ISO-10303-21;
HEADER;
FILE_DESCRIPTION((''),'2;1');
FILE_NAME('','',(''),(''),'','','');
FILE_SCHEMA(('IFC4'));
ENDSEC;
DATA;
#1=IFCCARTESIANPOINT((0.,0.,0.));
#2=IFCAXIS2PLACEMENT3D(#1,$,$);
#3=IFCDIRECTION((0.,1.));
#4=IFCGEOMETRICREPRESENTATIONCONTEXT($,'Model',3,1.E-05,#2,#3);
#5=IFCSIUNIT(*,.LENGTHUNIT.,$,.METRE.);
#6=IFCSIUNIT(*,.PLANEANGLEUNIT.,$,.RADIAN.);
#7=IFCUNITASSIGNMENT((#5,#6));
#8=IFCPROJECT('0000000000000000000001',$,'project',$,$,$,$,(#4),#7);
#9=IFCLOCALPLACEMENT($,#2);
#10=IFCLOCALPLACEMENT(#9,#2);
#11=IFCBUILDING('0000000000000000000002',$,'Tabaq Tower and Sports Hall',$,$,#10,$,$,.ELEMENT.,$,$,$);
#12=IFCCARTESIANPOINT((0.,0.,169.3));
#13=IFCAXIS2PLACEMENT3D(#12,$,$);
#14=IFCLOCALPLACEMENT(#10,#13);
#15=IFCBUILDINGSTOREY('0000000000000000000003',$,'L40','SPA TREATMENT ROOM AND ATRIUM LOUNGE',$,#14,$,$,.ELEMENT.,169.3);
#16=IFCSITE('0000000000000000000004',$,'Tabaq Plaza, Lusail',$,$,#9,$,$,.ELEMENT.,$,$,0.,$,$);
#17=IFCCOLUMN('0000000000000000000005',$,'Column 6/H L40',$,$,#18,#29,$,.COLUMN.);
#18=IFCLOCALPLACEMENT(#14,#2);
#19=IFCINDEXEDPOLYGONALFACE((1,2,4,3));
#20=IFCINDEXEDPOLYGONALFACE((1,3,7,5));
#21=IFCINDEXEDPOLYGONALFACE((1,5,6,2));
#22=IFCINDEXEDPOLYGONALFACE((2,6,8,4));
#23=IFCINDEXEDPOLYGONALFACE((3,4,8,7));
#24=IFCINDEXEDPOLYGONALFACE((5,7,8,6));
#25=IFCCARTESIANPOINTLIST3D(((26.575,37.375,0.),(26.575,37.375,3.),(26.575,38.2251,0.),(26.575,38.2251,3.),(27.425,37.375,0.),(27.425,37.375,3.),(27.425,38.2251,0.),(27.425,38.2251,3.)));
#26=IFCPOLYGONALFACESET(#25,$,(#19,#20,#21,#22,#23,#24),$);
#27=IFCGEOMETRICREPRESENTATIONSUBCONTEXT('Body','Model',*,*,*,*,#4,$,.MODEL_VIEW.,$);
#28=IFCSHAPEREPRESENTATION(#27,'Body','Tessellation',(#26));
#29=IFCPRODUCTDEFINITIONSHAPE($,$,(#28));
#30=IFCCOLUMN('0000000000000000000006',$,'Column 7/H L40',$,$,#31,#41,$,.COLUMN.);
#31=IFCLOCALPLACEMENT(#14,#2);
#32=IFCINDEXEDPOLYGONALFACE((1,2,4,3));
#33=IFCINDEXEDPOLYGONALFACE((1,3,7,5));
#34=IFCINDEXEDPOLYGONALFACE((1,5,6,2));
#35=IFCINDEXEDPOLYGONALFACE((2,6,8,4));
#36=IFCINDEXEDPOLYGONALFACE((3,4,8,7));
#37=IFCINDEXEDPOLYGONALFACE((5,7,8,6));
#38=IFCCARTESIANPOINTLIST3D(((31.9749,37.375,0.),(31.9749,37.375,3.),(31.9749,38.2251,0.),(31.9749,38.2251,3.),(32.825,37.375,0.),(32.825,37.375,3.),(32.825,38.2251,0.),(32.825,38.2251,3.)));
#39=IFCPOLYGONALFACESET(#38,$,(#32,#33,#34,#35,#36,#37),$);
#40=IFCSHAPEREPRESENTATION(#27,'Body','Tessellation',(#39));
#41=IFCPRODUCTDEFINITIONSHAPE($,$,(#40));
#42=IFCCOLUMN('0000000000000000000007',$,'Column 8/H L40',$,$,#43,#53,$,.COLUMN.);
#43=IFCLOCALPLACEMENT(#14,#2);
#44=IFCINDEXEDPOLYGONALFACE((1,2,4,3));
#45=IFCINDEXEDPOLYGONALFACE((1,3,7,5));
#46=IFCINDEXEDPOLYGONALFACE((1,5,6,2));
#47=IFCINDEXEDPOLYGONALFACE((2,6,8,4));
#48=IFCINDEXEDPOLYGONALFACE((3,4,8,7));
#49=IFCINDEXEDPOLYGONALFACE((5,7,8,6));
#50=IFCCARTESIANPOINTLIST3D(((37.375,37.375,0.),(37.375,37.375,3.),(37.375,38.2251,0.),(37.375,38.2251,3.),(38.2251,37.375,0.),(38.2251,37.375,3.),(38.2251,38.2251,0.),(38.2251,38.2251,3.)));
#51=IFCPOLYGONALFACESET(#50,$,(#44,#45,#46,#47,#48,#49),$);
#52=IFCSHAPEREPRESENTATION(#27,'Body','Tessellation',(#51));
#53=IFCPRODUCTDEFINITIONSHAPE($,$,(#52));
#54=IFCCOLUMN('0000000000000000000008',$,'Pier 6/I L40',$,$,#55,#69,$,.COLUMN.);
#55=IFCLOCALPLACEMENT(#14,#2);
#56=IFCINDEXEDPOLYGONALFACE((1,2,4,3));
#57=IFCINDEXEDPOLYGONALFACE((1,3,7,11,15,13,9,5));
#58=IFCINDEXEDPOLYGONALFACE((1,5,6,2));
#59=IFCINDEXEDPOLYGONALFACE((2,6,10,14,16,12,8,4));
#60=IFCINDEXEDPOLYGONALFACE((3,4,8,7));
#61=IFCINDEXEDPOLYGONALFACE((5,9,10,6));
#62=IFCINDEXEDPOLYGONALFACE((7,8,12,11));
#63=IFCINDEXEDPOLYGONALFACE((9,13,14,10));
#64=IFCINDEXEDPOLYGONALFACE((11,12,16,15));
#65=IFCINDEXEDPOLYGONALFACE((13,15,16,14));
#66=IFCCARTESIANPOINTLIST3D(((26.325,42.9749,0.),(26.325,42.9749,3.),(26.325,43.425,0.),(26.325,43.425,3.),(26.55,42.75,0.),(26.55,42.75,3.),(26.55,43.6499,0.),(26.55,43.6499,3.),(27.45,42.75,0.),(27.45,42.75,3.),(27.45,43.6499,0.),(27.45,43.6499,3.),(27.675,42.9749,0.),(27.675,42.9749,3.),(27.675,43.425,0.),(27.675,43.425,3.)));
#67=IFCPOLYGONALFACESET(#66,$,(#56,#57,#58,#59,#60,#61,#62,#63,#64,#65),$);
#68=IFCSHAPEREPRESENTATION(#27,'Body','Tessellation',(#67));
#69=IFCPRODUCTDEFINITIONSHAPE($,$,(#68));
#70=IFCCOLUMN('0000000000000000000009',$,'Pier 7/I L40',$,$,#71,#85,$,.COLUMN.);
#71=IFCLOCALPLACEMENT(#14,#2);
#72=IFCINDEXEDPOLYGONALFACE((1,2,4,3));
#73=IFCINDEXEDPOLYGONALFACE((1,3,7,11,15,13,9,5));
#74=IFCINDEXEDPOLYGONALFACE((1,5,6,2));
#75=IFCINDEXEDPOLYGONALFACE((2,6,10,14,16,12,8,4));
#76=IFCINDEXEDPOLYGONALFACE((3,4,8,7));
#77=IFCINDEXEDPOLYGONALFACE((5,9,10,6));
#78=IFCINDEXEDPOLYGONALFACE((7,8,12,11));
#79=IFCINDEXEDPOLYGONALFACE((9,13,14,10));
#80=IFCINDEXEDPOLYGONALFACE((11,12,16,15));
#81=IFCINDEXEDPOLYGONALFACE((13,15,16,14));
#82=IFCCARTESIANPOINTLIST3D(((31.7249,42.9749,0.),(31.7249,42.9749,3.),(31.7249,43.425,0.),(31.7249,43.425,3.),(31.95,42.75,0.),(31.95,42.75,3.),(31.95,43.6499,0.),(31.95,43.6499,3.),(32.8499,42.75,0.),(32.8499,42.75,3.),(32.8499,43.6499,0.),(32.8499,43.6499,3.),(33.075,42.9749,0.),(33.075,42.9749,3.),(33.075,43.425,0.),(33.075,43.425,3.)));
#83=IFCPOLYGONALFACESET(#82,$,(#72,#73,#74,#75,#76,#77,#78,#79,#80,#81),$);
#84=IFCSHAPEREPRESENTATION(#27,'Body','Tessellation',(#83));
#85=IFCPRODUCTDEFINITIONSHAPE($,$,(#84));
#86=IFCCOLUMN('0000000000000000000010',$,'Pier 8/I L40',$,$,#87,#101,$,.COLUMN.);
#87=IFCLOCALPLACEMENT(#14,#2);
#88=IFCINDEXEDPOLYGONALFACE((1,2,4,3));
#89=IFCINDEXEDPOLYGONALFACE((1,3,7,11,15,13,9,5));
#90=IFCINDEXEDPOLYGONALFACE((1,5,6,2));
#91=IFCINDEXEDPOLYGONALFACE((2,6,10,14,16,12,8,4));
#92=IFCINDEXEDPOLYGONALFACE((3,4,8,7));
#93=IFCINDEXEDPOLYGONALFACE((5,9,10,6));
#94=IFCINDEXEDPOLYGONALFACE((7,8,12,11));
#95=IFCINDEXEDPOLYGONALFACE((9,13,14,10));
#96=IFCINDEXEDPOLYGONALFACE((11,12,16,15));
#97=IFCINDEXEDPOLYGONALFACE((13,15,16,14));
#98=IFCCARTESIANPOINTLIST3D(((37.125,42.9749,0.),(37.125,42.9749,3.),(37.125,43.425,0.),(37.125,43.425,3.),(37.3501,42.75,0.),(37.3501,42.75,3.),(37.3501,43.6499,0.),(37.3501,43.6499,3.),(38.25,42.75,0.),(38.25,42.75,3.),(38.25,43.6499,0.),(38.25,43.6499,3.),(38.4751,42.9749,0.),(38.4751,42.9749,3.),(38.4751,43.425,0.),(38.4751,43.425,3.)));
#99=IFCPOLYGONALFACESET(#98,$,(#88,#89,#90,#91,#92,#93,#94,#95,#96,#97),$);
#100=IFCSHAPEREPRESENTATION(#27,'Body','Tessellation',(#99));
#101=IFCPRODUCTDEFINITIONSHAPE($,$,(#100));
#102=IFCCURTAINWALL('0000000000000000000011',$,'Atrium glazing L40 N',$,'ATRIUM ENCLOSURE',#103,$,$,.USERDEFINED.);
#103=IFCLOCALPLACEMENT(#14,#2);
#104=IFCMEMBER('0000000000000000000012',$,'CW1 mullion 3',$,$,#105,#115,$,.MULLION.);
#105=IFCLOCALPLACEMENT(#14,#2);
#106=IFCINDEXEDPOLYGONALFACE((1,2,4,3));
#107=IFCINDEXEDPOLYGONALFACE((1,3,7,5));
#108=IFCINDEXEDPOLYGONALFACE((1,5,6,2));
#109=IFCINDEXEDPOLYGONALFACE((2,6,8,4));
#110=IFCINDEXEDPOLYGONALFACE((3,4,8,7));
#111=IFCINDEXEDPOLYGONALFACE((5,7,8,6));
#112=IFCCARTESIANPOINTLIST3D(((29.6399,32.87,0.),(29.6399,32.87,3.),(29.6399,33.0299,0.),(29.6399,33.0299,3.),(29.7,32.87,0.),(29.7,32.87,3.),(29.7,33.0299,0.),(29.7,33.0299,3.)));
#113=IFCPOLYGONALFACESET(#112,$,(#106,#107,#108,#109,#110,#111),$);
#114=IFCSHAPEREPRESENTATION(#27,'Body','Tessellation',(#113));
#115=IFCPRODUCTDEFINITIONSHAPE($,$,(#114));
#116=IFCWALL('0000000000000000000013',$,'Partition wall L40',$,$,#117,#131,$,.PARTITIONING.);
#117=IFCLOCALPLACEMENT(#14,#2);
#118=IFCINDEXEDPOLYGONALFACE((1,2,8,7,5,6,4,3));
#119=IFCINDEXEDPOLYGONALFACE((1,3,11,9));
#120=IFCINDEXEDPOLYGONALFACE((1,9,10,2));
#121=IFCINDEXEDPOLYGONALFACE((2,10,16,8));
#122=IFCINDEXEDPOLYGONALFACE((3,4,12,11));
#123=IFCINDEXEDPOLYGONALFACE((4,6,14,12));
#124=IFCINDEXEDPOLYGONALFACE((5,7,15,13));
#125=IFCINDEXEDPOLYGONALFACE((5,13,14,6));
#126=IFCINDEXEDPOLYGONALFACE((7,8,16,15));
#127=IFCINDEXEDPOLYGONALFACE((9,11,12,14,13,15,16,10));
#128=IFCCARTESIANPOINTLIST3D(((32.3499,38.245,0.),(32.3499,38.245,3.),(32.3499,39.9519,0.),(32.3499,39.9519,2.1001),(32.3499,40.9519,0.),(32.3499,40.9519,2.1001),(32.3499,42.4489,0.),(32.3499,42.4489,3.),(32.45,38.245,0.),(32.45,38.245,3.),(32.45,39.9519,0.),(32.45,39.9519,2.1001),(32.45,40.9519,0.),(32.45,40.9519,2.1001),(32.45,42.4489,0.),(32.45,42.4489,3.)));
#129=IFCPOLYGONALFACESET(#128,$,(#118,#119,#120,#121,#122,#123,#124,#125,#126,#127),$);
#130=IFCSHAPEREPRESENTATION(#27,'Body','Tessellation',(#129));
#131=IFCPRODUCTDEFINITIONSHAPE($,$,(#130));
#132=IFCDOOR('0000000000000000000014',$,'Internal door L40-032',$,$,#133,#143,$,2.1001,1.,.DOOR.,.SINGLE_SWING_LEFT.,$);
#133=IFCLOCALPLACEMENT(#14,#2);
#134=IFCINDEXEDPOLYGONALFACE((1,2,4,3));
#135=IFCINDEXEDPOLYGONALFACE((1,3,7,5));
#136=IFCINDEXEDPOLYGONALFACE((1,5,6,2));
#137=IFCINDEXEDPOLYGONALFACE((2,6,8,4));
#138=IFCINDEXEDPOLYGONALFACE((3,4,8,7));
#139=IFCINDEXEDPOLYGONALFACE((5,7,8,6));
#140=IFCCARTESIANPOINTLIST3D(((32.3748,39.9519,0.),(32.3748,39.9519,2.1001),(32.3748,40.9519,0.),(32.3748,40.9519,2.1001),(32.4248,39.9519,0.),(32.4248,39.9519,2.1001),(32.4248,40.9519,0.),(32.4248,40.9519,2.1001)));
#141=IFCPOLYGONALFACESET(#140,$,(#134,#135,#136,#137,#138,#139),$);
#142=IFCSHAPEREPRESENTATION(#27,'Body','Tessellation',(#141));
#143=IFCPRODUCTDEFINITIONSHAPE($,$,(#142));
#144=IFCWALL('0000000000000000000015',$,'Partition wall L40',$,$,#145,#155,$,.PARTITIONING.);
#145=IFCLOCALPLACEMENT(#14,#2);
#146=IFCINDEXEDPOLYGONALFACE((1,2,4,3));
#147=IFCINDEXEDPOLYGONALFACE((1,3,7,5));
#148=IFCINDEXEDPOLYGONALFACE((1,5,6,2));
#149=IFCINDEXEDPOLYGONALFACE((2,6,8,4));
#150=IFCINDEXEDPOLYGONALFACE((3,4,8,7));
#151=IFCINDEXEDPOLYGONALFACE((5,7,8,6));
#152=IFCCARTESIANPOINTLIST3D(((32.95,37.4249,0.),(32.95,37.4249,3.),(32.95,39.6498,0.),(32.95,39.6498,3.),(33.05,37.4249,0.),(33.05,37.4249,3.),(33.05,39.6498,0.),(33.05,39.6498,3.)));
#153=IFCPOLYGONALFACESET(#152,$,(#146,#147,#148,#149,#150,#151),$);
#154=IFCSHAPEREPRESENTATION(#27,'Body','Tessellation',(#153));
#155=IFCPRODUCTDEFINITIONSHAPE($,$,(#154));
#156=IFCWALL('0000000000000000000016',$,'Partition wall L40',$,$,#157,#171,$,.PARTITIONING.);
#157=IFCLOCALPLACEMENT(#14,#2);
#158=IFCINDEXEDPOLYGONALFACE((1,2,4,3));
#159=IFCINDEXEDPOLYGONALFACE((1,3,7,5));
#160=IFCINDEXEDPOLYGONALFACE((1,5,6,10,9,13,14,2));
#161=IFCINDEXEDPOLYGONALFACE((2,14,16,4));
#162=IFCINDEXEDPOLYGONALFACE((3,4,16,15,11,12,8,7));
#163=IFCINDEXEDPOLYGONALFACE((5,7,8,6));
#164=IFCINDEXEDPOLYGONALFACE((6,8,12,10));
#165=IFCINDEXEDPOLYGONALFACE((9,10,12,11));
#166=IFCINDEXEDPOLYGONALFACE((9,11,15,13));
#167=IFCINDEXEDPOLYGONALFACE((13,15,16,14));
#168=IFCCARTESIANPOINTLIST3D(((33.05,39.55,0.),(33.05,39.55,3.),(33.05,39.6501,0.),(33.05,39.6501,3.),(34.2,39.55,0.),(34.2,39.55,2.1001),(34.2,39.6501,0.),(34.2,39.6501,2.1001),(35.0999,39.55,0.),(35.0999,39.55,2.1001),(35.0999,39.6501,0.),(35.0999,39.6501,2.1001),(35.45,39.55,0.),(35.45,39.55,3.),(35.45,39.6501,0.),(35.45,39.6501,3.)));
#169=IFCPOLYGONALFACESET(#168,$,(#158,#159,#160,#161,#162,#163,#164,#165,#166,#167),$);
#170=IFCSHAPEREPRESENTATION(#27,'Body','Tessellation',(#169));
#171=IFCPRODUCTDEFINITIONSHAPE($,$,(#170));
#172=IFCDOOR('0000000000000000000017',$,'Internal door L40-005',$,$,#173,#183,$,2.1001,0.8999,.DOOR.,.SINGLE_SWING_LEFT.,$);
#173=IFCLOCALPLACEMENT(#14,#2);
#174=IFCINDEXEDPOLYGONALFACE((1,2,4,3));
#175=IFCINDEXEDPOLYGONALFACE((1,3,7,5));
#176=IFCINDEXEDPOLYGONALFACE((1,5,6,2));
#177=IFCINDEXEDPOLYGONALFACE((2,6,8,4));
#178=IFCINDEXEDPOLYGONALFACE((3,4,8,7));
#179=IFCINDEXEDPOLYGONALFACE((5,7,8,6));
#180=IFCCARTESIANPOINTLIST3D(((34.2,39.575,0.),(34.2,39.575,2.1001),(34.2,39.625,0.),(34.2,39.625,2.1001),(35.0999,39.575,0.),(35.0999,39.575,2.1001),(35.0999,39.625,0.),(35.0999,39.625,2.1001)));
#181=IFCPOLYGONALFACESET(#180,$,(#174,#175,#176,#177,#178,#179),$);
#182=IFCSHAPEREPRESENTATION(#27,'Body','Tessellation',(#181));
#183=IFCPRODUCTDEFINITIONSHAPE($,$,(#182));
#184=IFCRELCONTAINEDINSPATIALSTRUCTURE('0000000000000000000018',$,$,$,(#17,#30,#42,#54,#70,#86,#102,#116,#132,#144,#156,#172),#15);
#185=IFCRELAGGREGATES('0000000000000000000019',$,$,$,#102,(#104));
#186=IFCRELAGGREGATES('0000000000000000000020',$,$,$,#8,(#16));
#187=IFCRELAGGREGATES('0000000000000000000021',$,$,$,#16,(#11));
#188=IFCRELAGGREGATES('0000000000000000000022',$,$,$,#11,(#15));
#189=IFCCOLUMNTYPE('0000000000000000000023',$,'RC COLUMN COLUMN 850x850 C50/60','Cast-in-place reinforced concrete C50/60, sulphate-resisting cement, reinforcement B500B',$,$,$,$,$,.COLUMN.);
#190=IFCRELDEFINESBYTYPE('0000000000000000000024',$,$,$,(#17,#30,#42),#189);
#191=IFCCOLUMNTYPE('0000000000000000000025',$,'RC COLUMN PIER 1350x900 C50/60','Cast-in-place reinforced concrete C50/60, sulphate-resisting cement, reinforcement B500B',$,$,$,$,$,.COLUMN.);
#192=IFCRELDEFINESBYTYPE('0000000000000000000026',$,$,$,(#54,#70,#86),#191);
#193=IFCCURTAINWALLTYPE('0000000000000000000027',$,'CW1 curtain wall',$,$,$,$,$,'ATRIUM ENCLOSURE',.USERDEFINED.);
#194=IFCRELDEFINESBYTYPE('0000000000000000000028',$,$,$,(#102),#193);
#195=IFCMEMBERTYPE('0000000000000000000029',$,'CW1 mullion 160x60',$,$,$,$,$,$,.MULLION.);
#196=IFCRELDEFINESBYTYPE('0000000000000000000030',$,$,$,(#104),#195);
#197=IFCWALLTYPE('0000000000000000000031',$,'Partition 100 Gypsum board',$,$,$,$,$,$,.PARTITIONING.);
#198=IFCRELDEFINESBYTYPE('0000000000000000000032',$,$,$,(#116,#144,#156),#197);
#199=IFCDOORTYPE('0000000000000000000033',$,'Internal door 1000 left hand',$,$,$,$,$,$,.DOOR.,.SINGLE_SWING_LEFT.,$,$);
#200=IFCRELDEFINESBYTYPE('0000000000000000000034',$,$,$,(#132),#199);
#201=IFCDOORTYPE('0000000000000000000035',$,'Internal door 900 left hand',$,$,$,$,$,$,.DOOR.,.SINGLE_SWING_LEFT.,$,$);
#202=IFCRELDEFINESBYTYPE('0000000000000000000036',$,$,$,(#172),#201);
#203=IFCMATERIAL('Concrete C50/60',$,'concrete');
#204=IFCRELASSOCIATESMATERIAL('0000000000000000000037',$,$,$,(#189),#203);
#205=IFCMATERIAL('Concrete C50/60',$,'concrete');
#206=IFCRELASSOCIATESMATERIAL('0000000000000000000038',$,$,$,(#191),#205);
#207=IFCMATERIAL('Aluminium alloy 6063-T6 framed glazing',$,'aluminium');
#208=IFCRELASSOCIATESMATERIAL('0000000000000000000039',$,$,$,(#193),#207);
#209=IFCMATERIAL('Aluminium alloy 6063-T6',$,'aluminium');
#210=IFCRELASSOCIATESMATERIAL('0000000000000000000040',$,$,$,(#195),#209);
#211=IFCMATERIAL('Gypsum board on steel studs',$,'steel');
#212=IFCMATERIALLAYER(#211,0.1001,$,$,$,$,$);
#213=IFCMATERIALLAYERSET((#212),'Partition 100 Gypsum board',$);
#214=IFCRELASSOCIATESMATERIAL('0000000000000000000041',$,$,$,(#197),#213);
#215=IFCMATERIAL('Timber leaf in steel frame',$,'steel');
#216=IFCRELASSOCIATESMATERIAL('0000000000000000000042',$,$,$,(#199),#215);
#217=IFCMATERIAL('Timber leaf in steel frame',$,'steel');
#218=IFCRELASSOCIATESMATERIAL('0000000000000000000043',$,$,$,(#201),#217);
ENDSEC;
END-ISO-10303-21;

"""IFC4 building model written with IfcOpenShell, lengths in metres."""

from ifc_helpers import new_model, si_unit, direction, frame, frame_2d, origin, origin_2d, place, context, subcontext, project, spatial, polyline, rectangle, outline, extrude, material, layer, layer_set, material_profile, profile_set, type_object, element, fill, aggregate, save


model = new_model("IFC4")

# Units and contexts
model_context = context("Model", 3, precision=1e-05, world=origin(), true_north=direction((0.0, 1.0)))
body_context = subcontext(model_context, "Body", "Model", "MODEL_VIEW")
ifc_project = project(units=[si_unit("LENGTHUNIT", "METRE"), si_unit("PLANEANGLEUNIT", "RADIAN")], contexts=[model_context])

# Site, building, storey
site_placement = place(None, origin())
site = spatial("IfcSite", under=ifc_project, at=site_placement, Name="Tabaq Plaza, Lusail", CompositionType="ELEMENT", RefElevation=0.0)
building_placement = place(site_placement, origin())
building = spatial("IfcBuilding", under=site, at=building_placement, Name="Tabaq Tower and Sports Hall", CompositionType="ELEMENT")
storey_placement = place(building_placement, frame((0.0, 0.0, 169.3)))
storey = spatial("IfcBuildingStorey", under=building, at=storey_placement, Name="L40", Description="SPA TREATMENT ROOM AND ATRIUM LOUNGE", CompositionType="ELEMENT", Elevation=169.3)

# Columns
ifc_material_1 = material(Name="Concrete C50/60", Category="concrete")
ifc_material_profile_1 = material_profile(ifc_material_1, rectangle(XDim=0.8501, YDim=0.8501, at=origin_2d()), Name="COLUMN 850x850")
ifc_profile_set_1 = profile_set([ifc_material_profile_1], Name="Concrete C50/60")
column_type_1 = type_object("IfcColumnType", Name="RC COLUMN COLUMN 850x850 C50/60", Description="Cast-in-place reinforced concrete C50/60, sulphate-resisting cement, reinforcement B500B", PredefinedType="COLUMN", material=ifc_profile_set_1)
for number, where, z_axis, x_axis, name in (
    (1, (27.0, 37.8, 0.0), (0.0, 0.0, 1.0), (1.0, 0.0, 0.0), "Column 6/H L40"),
    (2, (32.3999, 37.8, 0.0), (0.0, 0.0, 1.0), (1.0, 0.0, 0.0), "Column 7/H L40"),
    (3, (37.8, 37.8, 0.0), (0.0, 0.0, 1.0), (1.0, 0.0, 0.0), "Column 8/H L40"),
):
    element("IfcColumn", number, at=place(storey_placement, frame(where, z_axis=z_axis, x_axis=x_axis)), inside=storey, type_object=column_type_1, Name=name, PredefinedType="COLUMN", context=body_context, shape_type="SweptSolid", body=[
        extrude(rectangle(XDim=0.8501, YDim=0.8501, at=origin_2d()), origin(), (0.0, 0.0, 1.0), 3.0),
    ])
ifc_material_2 = material(Name="Concrete C50/60", Category="concrete")
ifc_material_profile_2 = material_profile(ifc_material_2, outline(polyline([(-0.45, -0.45), (0.45, -0.45), (0.675, -0.2251), (0.675, 0.2251), (0.45, 0.45), (-0.45, 0.45), (-0.675, 0.2251), (-0.675, -0.2251), (-0.45, -0.45)])), Name="PIER 1350x900")
ifc_profile_set_2 = profile_set([ifc_material_profile_2], Name="Concrete C50/60")
column_type_2 = type_object("IfcColumnType", Name="RC COLUMN PIER 1350x900 C50/60", Description="Cast-in-place reinforced concrete C50/60, sulphate-resisting cement, reinforcement B500B", PredefinedType="COLUMN", material=ifc_profile_set_2)
for number, where, z_axis, x_axis, name in (
    (4, (27.0, 43.2, 0.0), (0.0, 0.0, 1.0), (1.0, 0.0, 0.0), "Pier 6/I L40"),
    (5, (32.3999, 43.2, 0.0), (0.0, 0.0, 1.0), (1.0, 0.0, 0.0), "Pier 7/I L40"),
    (6, (37.8, 43.2, 0.0), (0.0, 0.0, 1.0), (1.0, 0.0, 0.0), "Pier 8/I L40"),
):
    element("IfcColumn", number, at=place(storey_placement, frame(where, z_axis=z_axis, x_axis=x_axis)), inside=storey, type_object=column_type_2, Name=name, PredefinedType="COLUMN", context=body_context, shape_type="SweptSolid", body=[
        extrude(outline(polyline([(-0.45, -0.45), (0.45, -0.45), (0.675, -0.2251), (0.675, 0.2251), (0.45, 0.45), (-0.45, 0.45), (-0.675, 0.2251), (-0.675, -0.2251), (-0.45, -0.45)])), origin(), (0.0, 0.0, 1.0), 3.0),
    ])

# Curtain wall, member
ifc_material_3 = material(Name="Aluminium alloy 6063-T6 framed glazing", Category="aluminium")
curtain_wall_type = type_object("IfcCurtainWallType", Name="CW1 curtain wall", ElementType="ATRIUM ENCLOSURE", PredefinedType="USERDEFINED", material=ifc_material_3)
curtain_wall_placement = place(storey_placement, origin())
curtain_wall = element("IfcCurtainWall", 7, at=curtain_wall_placement, inside=storey, type_object=curtain_wall_type, Name="Atrium glazing L40 N", ObjectType="ATRIUM ENCLOSURE", PredefinedType="USERDEFINED")
ifc_material_4 = material(Name="Aluminium alloy 6063-T6", Category="aluminium")
ifc_material_profile_3 = material_profile(ifc_material_4, rectangle(XDim=0.1599, YDim=0.0601, at=origin_2d()), Name="MULLION 160x60")
ifc_profile_set_3 = profile_set([ifc_material_profile_3], Name="Aluminium alloy 6063-T6")
member_type = type_object("IfcMemberType", Name="CW1 mullion 160x60", PredefinedType="MULLION", material=ifc_profile_set_3)
member_placement = place(storey_placement, frame((29.6699, 32.95, 0.0), z_axis=(0.0, 0.0, 1.0), x_axis=(0.0, 1.0, 0.0)))
member = element("IfcMember", 8, at=member_placement, type_object=member_type, Name="CW1 mullion 3", PredefinedType="MULLION", context=body_context, shape_type="SweptSolid", body=[
    extrude(rectangle(XDim=0.1599, YDim=0.0601, at=origin_2d()), origin(), (0.0, 0.0, 1.0), 3.0),
])
aggregate(curtain_wall, [member])

# Wall, opening, door
ifc_material_5 = material(Name="Gypsum board on steel studs", Category="steel")
ifc_layer_1 = layer(ifc_material_5, 0.1001)
ifc_layer_set_1 = layer_set([ifc_layer_1], Name="Partition 100 Gypsum board")
wall_type_1 = type_object("IfcWallType", Name="Partition 100 Gypsum board", PredefinedType="PARTITIONING", material=ifc_layer_set_1)
wall_1_placement = place(storey_placement, frame((32.3999, 42.449, 0.0), z_axis=(0.0, 0.0, 1.0), x_axis=(0.0, -1.0, 0.0)))
wall_1 = element("IfcWall", 9, at=wall_1_placement, inside=storey, type_object=wall_type_1, Name="Partition wall L40", PredefinedType="PARTITIONING", context=body_context, shape_type="SweptSolid", body=[
    extrude(rectangle(XDim=4.2039, YDim=0.1001, at=frame_2d((2.1021, 0.0))), origin(), (0.0, 0.0, 1.0), 3.0),
])
opening_1_placement = place(wall_1_placement, frame((1.4971, 0.0, 0.0)))
opening_1 = element("IfcOpeningElement", 10, at=opening_1_placement, cuts=wall_1, PredefinedType="OPENING", context=body_context, shape_type="SweptSolid", body=[
    extrude(rectangle(XDim=1.0, YDim=2.1001, at=frame_2d((0.5, 1.05))), frame((0.0, 0.05, 0.0), z_axis=(0.0, -1.0, 0.0), x_axis=(1.0, 0.0, 0.0)), (0.0, 0.0, 1.0), 0.1001),
])
ifc_material_6 = material(Name="Timber leaf in steel frame", Category="steel")
door_type_1 = type_object("IfcDoorType", Name="Internal door 1000 left hand", OperationType="SINGLE_SWING_LEFT", PredefinedType="DOOR", material=ifc_material_6)
door_1_placement = place(opening_1_placement, origin())
door_1 = element("IfcDoor", 11, at=door_1_placement, inside=storey, type_object=door_type_1, Name="Internal door L40-032", OperationType="SINGLE_SWING_LEFT", OverallHeight=2.1001, OverallWidth=1.0, PredefinedType="DOOR", context=body_context, shape_type="SweptSolid", body=[
    extrude(rectangle(XDim=1.0, YDim=2.1001, at=frame_2d((0.5, 1.05))), frame((0.0, 0.0249, 0.0), z_axis=(0.0, -1.0, 0.0), x_axis=(1.0, 0.0, 0.0)), (0.0, 0.0, 1.0), 0.05),
])
fill(opening_1, door_1)

# Wall
wall_2_placement = place(storey_placement, frame((33.0, 37.425, 0.0), z_axis=(0.0, 0.0, 1.0), x_axis=(0.0, 1.0, 0.0)))
element("IfcWall", 12, at=wall_2_placement, inside=storey, type_object=wall_type_1, Name="Partition wall L40", PredefinedType="PARTITIONING", context=body_context, shape_type="SweptSolid", body=[
    extrude(rectangle(XDim=2.2249, YDim=0.1001, at=frame_2d((1.1123, 0.0))), origin(), (0.0, 0.0, 1.0), 3.0),
])

# Wall, opening, door
wall_3_placement = place(storey_placement, frame((33.05, 39.6001, 0.0), z_axis=(0.0, 0.0, 1.0), x_axis=(1.0, 0.0, 0.0)))
wall_3 = element("IfcWall", 13, at=wall_3_placement, inside=storey, type_object=wall_type_1, Name="Partition wall L40", PredefinedType="PARTITIONING", context=body_context, shape_type="SweptSolid", body=[
    extrude(rectangle(XDim=2.3999, YDim=0.1001, at=frame_2d((1.2, 0.0))), origin(), (0.0, 0.0, 1.0), 3.0),
])
opening_2_placement = place(wall_3_placement, frame((1.1499, 0.0, 0.0)))
opening_2 = element("IfcOpeningElement", 14, at=opening_2_placement, cuts=wall_3, PredefinedType="OPENING", context=body_context, shape_type="SweptSolid", body=[
    extrude(rectangle(XDim=0.8999, YDim=2.1001, at=frame_2d((0.45, 1.05))), frame((0.0, 0.05, 0.0), z_axis=(0.0, -1.0, 0.0), x_axis=(1.0, 0.0, 0.0)), (0.0, 0.0, 1.0), 0.1001),
])
ifc_material_7 = material(Name="Timber leaf in steel frame", Category="steel")
door_type_2 = type_object("IfcDoorType", Name="Internal door 900 left hand", OperationType="SINGLE_SWING_LEFT", PredefinedType="DOOR", material=ifc_material_7)
door_2_placement = place(opening_2_placement, origin())
door_2 = element("IfcDoor", 15, at=door_2_placement, inside=storey, type_object=door_type_2, Name="Internal door L40-005", OperationType="SINGLE_SWING_LEFT", OverallHeight=2.1001, OverallWidth=0.8999, PredefinedType="DOOR", context=body_context, shape_type="SweptSolid", body=[
    extrude(rectangle(XDim=0.8999, YDim=2.1001, at=frame_2d((0.45, 1.05))), frame((0.0, 0.0249, 0.0), z_axis=(0.0, -1.0, 0.0), x_axis=(1.0, 0.0, 0.0)), (0.0, 0.0, 1.0), 0.05),
])
fill(opening_2, door_2)

save(model, "model.ifc")
